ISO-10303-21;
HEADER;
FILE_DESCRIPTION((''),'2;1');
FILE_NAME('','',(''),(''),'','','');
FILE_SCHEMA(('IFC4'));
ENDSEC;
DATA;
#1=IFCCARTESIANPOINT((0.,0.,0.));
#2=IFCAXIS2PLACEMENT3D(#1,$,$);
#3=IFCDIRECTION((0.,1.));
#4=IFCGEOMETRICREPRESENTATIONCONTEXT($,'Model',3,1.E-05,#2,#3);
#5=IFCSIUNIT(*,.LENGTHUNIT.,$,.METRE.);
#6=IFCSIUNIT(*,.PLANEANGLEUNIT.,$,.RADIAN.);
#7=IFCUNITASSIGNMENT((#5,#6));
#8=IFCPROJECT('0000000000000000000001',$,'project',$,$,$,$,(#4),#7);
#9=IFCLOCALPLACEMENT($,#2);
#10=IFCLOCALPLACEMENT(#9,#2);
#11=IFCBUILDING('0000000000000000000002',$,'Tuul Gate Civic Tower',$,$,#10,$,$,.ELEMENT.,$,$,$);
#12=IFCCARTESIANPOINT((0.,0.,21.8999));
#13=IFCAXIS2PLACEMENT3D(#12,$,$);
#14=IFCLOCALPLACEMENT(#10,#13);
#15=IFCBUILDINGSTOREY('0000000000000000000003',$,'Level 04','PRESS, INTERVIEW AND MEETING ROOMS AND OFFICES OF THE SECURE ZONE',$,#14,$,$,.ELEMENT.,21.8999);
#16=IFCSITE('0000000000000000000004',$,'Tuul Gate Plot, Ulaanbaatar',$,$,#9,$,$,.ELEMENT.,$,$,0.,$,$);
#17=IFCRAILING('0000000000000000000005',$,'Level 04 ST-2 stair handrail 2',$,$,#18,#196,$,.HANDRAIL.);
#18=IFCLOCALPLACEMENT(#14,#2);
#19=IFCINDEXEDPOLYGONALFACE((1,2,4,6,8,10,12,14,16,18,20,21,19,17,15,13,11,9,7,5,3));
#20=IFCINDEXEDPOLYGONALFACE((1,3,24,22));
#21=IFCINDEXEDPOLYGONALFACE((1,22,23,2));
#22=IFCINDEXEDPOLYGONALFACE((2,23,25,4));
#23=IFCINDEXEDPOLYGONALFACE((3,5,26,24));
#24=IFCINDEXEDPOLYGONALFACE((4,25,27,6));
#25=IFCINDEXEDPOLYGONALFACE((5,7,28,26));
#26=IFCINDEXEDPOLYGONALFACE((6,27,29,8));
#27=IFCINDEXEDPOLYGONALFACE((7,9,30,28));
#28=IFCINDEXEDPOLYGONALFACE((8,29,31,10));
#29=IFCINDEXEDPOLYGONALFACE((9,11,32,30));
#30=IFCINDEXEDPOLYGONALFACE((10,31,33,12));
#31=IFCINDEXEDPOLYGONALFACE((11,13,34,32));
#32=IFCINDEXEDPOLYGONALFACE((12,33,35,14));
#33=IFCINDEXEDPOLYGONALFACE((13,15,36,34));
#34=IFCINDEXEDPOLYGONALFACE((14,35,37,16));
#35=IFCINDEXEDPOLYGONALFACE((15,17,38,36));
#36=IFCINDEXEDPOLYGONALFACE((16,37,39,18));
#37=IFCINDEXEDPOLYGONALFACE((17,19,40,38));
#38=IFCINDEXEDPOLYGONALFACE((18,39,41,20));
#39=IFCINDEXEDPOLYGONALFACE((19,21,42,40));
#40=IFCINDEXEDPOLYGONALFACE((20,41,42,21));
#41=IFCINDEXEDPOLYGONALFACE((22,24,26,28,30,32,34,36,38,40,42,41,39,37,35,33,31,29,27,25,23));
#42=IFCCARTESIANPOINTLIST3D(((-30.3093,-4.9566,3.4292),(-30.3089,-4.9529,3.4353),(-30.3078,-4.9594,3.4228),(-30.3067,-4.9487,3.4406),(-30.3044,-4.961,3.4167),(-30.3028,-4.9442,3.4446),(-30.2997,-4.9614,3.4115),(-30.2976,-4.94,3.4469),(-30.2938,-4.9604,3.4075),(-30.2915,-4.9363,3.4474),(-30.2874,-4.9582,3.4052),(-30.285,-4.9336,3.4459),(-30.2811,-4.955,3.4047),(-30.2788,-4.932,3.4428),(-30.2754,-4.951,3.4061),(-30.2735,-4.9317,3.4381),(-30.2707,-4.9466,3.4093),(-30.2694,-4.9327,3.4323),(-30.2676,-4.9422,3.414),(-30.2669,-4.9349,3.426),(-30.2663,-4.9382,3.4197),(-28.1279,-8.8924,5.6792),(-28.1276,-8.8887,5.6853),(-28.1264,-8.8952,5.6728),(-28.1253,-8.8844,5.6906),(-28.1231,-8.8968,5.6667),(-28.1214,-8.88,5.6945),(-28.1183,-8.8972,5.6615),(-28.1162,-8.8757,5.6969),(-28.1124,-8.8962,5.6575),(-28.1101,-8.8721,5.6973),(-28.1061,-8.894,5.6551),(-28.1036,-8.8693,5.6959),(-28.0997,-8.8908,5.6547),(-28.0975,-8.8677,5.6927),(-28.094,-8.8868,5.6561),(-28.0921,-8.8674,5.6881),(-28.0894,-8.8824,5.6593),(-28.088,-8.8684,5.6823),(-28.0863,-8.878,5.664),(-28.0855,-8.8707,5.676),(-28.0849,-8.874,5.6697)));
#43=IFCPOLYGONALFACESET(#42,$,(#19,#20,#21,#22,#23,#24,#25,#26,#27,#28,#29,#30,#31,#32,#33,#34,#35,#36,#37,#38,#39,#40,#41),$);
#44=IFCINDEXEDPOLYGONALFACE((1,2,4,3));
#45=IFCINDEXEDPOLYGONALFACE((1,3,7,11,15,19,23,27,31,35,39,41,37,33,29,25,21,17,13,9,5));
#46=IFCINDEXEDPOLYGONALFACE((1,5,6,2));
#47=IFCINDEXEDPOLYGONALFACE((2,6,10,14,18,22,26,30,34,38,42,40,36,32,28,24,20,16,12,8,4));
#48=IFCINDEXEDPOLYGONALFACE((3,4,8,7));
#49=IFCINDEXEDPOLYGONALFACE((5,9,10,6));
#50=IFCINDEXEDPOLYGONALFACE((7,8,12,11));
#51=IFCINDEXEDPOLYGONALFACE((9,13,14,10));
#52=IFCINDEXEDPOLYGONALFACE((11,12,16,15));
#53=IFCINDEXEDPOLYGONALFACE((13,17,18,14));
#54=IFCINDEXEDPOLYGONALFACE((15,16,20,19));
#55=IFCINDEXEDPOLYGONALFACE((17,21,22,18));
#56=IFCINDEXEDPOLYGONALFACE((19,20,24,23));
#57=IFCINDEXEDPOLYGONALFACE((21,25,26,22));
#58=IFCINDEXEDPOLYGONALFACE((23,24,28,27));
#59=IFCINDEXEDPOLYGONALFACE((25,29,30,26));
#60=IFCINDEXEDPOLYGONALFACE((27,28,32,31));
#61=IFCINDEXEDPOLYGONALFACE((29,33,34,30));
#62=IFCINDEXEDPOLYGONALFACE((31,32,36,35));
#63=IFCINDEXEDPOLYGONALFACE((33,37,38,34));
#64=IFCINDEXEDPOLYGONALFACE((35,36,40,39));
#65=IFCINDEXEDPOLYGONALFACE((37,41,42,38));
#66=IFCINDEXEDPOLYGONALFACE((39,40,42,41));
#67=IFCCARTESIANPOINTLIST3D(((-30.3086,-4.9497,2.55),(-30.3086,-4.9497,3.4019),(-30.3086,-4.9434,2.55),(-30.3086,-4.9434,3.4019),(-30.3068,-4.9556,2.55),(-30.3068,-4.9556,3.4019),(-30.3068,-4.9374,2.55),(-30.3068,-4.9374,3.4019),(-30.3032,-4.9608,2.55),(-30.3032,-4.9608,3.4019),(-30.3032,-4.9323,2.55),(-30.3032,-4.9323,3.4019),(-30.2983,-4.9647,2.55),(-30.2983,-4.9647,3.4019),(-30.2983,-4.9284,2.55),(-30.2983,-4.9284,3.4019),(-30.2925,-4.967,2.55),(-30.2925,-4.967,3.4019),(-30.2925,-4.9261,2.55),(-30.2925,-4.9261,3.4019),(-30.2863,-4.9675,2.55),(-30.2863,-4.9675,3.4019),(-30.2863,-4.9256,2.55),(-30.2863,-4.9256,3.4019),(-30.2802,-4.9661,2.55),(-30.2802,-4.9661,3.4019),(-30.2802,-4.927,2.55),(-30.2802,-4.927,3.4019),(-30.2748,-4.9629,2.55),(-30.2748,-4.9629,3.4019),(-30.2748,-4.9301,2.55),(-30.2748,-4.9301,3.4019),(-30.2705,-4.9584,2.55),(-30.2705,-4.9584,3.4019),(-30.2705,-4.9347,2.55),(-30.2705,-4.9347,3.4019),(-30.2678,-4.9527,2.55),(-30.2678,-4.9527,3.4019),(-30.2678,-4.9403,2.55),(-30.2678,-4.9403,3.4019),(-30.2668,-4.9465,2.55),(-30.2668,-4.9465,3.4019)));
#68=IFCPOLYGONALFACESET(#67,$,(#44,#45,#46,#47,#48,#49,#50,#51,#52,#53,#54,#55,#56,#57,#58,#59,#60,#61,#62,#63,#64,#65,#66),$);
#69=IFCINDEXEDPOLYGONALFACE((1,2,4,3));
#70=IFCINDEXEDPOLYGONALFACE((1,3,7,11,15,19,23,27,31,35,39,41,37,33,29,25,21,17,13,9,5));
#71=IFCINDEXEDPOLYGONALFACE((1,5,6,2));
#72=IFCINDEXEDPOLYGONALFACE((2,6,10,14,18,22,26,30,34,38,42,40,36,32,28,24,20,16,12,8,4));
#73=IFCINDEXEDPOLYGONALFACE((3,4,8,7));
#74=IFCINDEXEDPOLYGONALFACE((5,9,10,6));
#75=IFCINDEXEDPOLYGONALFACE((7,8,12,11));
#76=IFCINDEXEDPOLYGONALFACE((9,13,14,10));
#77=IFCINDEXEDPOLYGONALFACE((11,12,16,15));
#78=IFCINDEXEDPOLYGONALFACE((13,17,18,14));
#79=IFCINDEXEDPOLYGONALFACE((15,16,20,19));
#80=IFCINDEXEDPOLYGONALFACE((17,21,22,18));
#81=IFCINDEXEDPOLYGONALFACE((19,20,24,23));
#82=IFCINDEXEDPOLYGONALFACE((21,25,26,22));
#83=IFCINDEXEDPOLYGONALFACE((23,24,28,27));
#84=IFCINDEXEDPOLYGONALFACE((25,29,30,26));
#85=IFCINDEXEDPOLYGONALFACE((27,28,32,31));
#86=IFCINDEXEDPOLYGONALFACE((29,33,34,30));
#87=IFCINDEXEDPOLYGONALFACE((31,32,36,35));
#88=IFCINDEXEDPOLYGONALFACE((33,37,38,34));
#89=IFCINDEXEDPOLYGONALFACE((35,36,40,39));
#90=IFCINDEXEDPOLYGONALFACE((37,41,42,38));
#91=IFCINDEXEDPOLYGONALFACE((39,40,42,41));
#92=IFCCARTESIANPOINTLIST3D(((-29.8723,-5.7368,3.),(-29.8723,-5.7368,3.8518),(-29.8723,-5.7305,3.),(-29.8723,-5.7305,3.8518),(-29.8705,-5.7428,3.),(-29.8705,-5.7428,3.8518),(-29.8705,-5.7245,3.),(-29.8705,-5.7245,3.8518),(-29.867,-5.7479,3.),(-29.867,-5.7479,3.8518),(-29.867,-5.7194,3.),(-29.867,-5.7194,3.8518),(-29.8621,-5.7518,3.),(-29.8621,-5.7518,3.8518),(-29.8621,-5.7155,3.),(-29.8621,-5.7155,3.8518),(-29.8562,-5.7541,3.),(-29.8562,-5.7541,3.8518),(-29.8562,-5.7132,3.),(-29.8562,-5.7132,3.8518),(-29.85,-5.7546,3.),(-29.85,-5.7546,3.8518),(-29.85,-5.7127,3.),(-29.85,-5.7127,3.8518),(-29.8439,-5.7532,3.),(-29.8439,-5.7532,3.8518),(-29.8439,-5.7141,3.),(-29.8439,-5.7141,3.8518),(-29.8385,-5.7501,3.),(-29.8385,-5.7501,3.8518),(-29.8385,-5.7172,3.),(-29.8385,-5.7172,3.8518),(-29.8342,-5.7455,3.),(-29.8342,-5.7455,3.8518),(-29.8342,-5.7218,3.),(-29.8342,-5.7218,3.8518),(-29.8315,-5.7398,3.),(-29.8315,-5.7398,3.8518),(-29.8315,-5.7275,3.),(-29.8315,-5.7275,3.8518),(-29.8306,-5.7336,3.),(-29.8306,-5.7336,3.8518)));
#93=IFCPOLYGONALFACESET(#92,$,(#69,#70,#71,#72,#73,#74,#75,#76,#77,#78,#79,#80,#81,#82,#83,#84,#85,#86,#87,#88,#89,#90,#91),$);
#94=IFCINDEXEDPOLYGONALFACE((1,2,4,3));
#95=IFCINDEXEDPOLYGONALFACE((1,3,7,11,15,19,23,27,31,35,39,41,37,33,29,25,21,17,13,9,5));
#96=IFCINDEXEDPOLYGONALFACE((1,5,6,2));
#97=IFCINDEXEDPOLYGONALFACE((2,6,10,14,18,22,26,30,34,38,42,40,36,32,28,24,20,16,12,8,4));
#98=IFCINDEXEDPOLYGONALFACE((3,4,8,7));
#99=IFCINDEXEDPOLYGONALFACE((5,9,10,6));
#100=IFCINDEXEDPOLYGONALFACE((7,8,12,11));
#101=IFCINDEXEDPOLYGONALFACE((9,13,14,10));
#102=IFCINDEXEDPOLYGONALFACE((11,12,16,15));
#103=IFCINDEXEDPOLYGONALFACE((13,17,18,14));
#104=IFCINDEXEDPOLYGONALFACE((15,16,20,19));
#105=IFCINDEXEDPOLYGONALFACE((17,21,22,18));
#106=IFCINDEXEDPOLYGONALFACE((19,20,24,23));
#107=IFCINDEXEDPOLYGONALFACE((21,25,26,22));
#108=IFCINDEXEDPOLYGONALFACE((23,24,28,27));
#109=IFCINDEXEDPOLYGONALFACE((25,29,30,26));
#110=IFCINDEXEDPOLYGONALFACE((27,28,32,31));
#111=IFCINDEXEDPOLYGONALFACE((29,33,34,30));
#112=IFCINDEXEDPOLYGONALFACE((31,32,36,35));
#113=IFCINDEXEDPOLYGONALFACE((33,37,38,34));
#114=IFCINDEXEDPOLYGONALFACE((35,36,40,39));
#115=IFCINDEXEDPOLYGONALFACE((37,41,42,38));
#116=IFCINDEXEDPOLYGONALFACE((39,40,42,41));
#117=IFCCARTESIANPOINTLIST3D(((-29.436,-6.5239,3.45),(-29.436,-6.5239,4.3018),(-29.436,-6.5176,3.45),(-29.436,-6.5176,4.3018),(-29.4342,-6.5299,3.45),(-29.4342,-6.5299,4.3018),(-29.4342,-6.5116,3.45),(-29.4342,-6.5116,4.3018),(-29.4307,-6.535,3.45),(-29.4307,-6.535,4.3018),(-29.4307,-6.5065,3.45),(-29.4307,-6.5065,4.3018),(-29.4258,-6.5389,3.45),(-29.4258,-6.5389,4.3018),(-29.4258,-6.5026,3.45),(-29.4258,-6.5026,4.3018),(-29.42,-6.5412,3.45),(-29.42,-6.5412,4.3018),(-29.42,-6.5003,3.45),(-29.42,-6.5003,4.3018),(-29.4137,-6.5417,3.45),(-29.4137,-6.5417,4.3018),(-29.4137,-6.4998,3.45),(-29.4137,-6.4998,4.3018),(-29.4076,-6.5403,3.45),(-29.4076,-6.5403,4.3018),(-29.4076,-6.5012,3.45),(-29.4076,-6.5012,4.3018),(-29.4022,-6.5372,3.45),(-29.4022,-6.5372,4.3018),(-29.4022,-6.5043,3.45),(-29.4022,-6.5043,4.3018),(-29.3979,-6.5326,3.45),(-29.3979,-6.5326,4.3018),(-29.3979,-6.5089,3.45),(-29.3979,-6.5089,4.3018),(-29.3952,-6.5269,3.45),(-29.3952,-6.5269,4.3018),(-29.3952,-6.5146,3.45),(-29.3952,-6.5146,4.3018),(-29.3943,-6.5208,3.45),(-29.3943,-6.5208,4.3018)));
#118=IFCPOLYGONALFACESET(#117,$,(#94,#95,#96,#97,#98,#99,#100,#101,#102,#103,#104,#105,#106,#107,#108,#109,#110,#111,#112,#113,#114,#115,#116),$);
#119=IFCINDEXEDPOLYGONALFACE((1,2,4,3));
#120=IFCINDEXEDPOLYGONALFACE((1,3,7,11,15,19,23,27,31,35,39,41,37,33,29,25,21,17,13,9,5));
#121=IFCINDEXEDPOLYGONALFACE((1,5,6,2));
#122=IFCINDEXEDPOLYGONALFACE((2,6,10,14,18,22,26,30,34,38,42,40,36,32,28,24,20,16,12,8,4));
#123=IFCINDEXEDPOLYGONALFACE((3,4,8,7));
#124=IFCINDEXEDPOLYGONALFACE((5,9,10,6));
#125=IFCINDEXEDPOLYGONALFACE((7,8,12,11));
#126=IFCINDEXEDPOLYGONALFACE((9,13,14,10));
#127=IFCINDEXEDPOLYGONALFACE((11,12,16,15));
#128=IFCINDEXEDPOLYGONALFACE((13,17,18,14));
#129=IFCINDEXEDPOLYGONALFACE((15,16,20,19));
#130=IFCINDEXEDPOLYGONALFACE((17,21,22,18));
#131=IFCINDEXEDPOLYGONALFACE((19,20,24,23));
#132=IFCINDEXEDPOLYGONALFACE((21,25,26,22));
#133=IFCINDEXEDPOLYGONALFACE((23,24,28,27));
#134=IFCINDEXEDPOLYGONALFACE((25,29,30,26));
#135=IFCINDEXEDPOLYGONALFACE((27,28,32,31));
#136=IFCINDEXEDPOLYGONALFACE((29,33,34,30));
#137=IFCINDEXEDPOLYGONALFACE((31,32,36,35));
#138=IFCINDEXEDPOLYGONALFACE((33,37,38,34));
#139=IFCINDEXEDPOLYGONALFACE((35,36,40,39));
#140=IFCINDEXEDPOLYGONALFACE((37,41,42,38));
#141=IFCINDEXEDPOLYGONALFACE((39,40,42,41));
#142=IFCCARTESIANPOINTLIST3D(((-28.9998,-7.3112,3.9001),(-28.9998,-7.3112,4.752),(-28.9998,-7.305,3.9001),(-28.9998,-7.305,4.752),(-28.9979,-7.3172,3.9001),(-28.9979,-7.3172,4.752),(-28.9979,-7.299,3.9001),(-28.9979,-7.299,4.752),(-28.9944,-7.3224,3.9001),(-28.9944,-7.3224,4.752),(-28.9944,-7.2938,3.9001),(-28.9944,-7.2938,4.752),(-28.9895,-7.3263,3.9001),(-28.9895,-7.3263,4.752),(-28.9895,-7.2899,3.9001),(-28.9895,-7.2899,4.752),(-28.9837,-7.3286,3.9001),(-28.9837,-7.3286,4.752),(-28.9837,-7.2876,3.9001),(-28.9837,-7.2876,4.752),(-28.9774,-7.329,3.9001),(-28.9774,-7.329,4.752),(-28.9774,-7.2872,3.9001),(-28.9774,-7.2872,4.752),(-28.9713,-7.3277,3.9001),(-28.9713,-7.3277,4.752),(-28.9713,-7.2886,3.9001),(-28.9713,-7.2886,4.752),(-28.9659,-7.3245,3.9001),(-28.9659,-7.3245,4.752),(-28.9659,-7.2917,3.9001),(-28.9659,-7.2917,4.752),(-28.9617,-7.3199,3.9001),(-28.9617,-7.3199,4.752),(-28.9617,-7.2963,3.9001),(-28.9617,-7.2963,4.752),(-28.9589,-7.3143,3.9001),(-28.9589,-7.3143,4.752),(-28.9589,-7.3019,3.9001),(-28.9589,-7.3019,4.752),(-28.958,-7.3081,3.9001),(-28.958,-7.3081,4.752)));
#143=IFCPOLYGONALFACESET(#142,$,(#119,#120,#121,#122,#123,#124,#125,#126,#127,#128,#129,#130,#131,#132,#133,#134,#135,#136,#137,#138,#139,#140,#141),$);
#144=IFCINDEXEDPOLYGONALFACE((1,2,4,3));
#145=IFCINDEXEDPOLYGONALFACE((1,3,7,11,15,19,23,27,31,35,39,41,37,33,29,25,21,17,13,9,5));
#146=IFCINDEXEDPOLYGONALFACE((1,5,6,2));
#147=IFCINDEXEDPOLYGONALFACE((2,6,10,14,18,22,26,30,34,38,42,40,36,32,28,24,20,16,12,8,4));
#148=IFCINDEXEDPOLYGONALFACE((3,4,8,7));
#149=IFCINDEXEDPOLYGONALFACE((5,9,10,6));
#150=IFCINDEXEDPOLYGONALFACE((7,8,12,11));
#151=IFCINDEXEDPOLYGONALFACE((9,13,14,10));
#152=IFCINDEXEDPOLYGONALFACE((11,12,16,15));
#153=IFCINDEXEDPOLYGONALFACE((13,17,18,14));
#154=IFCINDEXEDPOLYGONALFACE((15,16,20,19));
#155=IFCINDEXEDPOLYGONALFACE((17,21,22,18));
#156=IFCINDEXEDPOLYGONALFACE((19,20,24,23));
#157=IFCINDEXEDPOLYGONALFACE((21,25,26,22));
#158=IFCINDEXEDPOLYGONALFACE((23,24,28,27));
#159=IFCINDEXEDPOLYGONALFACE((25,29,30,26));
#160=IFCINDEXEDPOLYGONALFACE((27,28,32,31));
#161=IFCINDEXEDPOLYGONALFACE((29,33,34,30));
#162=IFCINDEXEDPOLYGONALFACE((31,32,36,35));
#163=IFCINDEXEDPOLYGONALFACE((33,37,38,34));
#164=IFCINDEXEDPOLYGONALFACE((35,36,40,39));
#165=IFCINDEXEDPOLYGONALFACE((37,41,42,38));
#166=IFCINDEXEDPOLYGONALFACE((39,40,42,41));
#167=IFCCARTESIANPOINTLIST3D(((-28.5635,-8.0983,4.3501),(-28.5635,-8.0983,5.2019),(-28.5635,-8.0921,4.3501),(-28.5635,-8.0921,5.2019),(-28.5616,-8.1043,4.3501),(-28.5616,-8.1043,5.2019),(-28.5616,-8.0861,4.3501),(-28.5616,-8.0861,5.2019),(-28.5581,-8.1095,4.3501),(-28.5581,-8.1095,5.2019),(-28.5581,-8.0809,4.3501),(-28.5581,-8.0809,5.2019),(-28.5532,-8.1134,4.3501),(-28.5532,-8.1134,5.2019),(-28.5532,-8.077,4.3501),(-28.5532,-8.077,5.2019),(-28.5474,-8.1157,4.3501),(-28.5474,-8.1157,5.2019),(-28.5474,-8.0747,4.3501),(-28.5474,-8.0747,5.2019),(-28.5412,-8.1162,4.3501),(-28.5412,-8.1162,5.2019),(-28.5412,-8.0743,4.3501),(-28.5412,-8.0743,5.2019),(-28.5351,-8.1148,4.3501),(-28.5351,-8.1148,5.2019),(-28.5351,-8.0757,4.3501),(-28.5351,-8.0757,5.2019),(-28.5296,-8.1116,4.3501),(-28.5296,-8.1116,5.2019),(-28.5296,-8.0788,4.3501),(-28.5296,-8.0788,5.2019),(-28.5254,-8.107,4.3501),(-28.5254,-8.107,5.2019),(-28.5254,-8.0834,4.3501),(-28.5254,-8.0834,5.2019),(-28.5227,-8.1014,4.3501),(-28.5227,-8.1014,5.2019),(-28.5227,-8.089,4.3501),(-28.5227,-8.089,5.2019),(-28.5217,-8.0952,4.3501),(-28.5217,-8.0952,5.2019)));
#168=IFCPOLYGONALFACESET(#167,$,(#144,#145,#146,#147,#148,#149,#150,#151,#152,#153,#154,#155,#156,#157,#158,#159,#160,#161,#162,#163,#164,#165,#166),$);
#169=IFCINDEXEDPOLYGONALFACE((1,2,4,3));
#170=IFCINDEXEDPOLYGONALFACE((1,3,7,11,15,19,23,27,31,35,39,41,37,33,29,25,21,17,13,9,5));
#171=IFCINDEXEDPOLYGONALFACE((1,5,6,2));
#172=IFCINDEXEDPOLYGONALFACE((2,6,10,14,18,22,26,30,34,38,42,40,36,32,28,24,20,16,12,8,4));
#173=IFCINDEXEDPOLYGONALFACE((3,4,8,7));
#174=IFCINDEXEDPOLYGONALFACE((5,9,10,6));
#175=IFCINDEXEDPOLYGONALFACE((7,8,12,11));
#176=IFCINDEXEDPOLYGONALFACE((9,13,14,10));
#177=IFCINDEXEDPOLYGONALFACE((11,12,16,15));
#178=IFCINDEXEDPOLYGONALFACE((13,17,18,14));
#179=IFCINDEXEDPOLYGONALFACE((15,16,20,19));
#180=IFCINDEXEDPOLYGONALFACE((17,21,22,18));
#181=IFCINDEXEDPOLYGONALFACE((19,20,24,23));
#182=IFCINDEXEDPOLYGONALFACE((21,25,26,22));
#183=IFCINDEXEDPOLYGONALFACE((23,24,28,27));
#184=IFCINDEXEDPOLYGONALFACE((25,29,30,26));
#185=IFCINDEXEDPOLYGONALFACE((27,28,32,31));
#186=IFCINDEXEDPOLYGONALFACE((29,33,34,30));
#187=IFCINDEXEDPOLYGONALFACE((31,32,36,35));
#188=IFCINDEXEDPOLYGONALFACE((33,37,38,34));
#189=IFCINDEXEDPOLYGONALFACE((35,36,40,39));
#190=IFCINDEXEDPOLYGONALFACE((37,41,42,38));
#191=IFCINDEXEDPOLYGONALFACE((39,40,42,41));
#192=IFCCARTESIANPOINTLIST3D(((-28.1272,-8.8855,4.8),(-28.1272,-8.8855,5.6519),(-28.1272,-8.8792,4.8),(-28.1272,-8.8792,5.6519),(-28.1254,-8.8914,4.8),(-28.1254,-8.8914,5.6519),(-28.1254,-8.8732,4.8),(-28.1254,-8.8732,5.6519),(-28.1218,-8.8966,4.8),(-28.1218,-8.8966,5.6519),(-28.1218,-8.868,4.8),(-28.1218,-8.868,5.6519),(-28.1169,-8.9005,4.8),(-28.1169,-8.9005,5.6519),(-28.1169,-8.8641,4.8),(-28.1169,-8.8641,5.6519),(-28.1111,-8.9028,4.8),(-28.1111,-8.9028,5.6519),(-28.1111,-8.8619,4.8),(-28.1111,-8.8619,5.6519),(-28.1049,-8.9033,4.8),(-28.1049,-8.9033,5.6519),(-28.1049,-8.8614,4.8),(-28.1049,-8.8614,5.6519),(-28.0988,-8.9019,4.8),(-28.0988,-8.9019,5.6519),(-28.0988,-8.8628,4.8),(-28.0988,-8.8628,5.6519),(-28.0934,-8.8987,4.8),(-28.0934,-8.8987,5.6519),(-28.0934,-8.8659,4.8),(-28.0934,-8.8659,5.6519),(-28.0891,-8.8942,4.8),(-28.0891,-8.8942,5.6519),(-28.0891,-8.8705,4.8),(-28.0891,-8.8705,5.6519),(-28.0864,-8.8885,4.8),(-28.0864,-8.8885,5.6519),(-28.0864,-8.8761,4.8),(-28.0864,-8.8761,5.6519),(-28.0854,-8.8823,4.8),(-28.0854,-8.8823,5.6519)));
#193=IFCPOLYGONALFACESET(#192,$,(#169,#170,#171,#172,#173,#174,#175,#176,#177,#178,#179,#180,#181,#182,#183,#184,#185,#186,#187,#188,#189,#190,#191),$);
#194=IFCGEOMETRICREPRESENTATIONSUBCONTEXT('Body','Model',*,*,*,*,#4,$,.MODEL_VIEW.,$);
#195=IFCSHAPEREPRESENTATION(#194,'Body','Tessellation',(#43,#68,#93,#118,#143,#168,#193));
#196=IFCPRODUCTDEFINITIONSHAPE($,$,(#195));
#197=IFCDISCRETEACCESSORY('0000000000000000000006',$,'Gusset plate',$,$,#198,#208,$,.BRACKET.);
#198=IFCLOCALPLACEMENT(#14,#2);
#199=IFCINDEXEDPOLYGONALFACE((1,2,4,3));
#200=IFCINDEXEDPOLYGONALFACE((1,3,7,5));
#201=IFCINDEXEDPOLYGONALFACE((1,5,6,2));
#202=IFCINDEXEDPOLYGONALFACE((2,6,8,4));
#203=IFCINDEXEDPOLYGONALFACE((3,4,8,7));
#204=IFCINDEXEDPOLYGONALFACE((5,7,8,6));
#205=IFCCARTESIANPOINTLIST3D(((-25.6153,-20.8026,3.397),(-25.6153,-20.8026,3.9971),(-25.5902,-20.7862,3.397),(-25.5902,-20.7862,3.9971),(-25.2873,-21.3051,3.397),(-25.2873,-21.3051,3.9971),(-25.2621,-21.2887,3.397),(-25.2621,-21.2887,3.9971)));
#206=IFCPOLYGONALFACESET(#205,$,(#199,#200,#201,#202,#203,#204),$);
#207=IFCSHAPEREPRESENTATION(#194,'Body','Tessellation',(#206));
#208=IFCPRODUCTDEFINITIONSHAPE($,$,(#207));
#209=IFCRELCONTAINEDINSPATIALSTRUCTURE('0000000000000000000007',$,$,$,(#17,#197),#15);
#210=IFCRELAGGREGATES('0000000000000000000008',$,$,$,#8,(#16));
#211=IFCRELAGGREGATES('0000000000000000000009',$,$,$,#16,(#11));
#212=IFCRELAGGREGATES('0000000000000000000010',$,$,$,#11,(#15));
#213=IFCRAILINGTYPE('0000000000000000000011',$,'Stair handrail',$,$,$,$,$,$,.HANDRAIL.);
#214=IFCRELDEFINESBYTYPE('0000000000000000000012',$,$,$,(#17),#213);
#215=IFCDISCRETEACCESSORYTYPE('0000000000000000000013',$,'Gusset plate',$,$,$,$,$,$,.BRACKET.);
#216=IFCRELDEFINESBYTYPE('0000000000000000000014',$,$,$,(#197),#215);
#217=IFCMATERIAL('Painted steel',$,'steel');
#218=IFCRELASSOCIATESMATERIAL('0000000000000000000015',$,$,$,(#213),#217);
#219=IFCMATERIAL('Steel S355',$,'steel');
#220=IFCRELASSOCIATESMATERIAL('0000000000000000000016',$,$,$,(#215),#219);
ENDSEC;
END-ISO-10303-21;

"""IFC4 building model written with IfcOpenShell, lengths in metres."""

from ifc_helpers import new_model, si_unit, direction, frame, origin, origin_2d, place, context, subcontext, project, spatial, rectangle, circle, extrude, material, type_object, element, save


model = new_model("IFC4")

# Units and contexts
model_context = context("Model", 3, precision=1e-05, world=origin(), true_north=direction((0.0, 1.0)))
body_context = subcontext(model_context, "Body", "Model", "MODEL_VIEW")
ifc_project = project(units=[si_unit("LENGTHUNIT", "METRE"), si_unit("PLANEANGLEUNIT", "RADIAN")], contexts=[model_context])

# Site, building, storey
site_placement = place(None, origin())
site = spatial("IfcSite", under=ifc_project, at=site_placement, Name="Tuul Gate Plot, Ulaanbaatar", CompositionType="ELEMENT", RefElevation=0.0)
building_placement = place(site_placement, origin())
building = spatial("IfcBuilding", under=site, at=building_placement, Name="Tuul Gate Civic Tower", CompositionType="ELEMENT")
storey_placement = place(building_placement, frame((0.0, 0.0, 21.8999)))
storey = spatial("IfcBuildingStorey", under=building, at=storey_placement, Name="Level 04", Description="PRESS, INTERVIEW AND MEETING ROOMS AND OFFICES OF THE SECURE ZONE", CompositionType="ELEMENT", Elevation=21.8999)

# Railing
ifc_material_1 = material(Name="Painted steel", Category="steel")
railing_type_1 = type_object("IfcRailingType", Name="Stair handrail", PredefinedType="HANDRAIL", material=ifc_material_1)
railing_1_placement = place(storey_placement, frame((-30.2878, -4.9465, 2.55)))
element("IfcRailing", 1, at=railing_1_placement, inside=storey, type_object=railing_type_1, Name="Level 04 ST-2 stair handrail 2", PredefinedType="HANDRAIL", context=body_context, shape_type="SweptSolid", body=[
    extrude(circle(Radius=0.0239, at=origin_2d()), frame((0.0, 0.0, 0.876), z_axis=(0.433587, -0.7823, 0.447223), x_axis=(0.874643, 0.484767, 0.0)), (0.0, 0.0, 1.0), 5.031),
    extrude(circle(Radius=0.021, at=origin_2d()), origin(), (0.0, 0.0, 1.0), 0.8518),
    extrude(circle(Radius=0.021, at=origin_2d()), frame((0.4363, -0.7871, 0.45)), (0.0, 0.0, 1.0), 0.8518),
    extrude(circle(Radius=0.021, at=origin_2d()), frame((0.8726, -1.5742, 0.8999)), (0.0, 0.0, 1.0), 0.8518),
    extrude(circle(Radius=0.021, at=origin_2d()), frame((1.3088, -2.3616, 1.3501)), (0.0, 0.0, 1.0), 0.8518),
    extrude(circle(Radius=0.021, at=origin_2d()), frame((1.7451, -3.1487, 1.8)), (0.0, 0.0, 1.0), 0.8518),
    extrude(circle(Radius=0.021, at=origin_2d()), frame((2.1814, -3.9358, 2.25)), (0.0, 0.0, 1.0), 0.8518),
])

# Discrete accessory
ifc_material_2 = material(Name="Steel S355", Category="steel")
discrete_accessory_type = type_object("IfcDiscreteAccessoryType", Name="Gusset plate", PredefinedType="BRACKET", material=ifc_material_2)
for number, where, z_axis, x_axis, name in (
    (2, (-25.4387, -21.0457, 3.397), (0.0, 0.0, 1.0), (-0.546705, 0.837325, 0.0), "Gusset plate"),
):
    element("IfcDiscreteAccessory", number, at=place(storey_placement, frame(where, z_axis=z_axis, x_axis=x_axis)), inside=storey, type_object=discrete_accessory_type, Name=name, PredefinedType="BRACKET", context=body_context, shape_type="SweptSolid", body=[
        extrude(rectangle(XDim=0.6001, YDim=0.03, at=origin_2d()), origin(), (0.0, 0.0, 1.0), 0.6001),
    ])

save(model, "model.ifc")
